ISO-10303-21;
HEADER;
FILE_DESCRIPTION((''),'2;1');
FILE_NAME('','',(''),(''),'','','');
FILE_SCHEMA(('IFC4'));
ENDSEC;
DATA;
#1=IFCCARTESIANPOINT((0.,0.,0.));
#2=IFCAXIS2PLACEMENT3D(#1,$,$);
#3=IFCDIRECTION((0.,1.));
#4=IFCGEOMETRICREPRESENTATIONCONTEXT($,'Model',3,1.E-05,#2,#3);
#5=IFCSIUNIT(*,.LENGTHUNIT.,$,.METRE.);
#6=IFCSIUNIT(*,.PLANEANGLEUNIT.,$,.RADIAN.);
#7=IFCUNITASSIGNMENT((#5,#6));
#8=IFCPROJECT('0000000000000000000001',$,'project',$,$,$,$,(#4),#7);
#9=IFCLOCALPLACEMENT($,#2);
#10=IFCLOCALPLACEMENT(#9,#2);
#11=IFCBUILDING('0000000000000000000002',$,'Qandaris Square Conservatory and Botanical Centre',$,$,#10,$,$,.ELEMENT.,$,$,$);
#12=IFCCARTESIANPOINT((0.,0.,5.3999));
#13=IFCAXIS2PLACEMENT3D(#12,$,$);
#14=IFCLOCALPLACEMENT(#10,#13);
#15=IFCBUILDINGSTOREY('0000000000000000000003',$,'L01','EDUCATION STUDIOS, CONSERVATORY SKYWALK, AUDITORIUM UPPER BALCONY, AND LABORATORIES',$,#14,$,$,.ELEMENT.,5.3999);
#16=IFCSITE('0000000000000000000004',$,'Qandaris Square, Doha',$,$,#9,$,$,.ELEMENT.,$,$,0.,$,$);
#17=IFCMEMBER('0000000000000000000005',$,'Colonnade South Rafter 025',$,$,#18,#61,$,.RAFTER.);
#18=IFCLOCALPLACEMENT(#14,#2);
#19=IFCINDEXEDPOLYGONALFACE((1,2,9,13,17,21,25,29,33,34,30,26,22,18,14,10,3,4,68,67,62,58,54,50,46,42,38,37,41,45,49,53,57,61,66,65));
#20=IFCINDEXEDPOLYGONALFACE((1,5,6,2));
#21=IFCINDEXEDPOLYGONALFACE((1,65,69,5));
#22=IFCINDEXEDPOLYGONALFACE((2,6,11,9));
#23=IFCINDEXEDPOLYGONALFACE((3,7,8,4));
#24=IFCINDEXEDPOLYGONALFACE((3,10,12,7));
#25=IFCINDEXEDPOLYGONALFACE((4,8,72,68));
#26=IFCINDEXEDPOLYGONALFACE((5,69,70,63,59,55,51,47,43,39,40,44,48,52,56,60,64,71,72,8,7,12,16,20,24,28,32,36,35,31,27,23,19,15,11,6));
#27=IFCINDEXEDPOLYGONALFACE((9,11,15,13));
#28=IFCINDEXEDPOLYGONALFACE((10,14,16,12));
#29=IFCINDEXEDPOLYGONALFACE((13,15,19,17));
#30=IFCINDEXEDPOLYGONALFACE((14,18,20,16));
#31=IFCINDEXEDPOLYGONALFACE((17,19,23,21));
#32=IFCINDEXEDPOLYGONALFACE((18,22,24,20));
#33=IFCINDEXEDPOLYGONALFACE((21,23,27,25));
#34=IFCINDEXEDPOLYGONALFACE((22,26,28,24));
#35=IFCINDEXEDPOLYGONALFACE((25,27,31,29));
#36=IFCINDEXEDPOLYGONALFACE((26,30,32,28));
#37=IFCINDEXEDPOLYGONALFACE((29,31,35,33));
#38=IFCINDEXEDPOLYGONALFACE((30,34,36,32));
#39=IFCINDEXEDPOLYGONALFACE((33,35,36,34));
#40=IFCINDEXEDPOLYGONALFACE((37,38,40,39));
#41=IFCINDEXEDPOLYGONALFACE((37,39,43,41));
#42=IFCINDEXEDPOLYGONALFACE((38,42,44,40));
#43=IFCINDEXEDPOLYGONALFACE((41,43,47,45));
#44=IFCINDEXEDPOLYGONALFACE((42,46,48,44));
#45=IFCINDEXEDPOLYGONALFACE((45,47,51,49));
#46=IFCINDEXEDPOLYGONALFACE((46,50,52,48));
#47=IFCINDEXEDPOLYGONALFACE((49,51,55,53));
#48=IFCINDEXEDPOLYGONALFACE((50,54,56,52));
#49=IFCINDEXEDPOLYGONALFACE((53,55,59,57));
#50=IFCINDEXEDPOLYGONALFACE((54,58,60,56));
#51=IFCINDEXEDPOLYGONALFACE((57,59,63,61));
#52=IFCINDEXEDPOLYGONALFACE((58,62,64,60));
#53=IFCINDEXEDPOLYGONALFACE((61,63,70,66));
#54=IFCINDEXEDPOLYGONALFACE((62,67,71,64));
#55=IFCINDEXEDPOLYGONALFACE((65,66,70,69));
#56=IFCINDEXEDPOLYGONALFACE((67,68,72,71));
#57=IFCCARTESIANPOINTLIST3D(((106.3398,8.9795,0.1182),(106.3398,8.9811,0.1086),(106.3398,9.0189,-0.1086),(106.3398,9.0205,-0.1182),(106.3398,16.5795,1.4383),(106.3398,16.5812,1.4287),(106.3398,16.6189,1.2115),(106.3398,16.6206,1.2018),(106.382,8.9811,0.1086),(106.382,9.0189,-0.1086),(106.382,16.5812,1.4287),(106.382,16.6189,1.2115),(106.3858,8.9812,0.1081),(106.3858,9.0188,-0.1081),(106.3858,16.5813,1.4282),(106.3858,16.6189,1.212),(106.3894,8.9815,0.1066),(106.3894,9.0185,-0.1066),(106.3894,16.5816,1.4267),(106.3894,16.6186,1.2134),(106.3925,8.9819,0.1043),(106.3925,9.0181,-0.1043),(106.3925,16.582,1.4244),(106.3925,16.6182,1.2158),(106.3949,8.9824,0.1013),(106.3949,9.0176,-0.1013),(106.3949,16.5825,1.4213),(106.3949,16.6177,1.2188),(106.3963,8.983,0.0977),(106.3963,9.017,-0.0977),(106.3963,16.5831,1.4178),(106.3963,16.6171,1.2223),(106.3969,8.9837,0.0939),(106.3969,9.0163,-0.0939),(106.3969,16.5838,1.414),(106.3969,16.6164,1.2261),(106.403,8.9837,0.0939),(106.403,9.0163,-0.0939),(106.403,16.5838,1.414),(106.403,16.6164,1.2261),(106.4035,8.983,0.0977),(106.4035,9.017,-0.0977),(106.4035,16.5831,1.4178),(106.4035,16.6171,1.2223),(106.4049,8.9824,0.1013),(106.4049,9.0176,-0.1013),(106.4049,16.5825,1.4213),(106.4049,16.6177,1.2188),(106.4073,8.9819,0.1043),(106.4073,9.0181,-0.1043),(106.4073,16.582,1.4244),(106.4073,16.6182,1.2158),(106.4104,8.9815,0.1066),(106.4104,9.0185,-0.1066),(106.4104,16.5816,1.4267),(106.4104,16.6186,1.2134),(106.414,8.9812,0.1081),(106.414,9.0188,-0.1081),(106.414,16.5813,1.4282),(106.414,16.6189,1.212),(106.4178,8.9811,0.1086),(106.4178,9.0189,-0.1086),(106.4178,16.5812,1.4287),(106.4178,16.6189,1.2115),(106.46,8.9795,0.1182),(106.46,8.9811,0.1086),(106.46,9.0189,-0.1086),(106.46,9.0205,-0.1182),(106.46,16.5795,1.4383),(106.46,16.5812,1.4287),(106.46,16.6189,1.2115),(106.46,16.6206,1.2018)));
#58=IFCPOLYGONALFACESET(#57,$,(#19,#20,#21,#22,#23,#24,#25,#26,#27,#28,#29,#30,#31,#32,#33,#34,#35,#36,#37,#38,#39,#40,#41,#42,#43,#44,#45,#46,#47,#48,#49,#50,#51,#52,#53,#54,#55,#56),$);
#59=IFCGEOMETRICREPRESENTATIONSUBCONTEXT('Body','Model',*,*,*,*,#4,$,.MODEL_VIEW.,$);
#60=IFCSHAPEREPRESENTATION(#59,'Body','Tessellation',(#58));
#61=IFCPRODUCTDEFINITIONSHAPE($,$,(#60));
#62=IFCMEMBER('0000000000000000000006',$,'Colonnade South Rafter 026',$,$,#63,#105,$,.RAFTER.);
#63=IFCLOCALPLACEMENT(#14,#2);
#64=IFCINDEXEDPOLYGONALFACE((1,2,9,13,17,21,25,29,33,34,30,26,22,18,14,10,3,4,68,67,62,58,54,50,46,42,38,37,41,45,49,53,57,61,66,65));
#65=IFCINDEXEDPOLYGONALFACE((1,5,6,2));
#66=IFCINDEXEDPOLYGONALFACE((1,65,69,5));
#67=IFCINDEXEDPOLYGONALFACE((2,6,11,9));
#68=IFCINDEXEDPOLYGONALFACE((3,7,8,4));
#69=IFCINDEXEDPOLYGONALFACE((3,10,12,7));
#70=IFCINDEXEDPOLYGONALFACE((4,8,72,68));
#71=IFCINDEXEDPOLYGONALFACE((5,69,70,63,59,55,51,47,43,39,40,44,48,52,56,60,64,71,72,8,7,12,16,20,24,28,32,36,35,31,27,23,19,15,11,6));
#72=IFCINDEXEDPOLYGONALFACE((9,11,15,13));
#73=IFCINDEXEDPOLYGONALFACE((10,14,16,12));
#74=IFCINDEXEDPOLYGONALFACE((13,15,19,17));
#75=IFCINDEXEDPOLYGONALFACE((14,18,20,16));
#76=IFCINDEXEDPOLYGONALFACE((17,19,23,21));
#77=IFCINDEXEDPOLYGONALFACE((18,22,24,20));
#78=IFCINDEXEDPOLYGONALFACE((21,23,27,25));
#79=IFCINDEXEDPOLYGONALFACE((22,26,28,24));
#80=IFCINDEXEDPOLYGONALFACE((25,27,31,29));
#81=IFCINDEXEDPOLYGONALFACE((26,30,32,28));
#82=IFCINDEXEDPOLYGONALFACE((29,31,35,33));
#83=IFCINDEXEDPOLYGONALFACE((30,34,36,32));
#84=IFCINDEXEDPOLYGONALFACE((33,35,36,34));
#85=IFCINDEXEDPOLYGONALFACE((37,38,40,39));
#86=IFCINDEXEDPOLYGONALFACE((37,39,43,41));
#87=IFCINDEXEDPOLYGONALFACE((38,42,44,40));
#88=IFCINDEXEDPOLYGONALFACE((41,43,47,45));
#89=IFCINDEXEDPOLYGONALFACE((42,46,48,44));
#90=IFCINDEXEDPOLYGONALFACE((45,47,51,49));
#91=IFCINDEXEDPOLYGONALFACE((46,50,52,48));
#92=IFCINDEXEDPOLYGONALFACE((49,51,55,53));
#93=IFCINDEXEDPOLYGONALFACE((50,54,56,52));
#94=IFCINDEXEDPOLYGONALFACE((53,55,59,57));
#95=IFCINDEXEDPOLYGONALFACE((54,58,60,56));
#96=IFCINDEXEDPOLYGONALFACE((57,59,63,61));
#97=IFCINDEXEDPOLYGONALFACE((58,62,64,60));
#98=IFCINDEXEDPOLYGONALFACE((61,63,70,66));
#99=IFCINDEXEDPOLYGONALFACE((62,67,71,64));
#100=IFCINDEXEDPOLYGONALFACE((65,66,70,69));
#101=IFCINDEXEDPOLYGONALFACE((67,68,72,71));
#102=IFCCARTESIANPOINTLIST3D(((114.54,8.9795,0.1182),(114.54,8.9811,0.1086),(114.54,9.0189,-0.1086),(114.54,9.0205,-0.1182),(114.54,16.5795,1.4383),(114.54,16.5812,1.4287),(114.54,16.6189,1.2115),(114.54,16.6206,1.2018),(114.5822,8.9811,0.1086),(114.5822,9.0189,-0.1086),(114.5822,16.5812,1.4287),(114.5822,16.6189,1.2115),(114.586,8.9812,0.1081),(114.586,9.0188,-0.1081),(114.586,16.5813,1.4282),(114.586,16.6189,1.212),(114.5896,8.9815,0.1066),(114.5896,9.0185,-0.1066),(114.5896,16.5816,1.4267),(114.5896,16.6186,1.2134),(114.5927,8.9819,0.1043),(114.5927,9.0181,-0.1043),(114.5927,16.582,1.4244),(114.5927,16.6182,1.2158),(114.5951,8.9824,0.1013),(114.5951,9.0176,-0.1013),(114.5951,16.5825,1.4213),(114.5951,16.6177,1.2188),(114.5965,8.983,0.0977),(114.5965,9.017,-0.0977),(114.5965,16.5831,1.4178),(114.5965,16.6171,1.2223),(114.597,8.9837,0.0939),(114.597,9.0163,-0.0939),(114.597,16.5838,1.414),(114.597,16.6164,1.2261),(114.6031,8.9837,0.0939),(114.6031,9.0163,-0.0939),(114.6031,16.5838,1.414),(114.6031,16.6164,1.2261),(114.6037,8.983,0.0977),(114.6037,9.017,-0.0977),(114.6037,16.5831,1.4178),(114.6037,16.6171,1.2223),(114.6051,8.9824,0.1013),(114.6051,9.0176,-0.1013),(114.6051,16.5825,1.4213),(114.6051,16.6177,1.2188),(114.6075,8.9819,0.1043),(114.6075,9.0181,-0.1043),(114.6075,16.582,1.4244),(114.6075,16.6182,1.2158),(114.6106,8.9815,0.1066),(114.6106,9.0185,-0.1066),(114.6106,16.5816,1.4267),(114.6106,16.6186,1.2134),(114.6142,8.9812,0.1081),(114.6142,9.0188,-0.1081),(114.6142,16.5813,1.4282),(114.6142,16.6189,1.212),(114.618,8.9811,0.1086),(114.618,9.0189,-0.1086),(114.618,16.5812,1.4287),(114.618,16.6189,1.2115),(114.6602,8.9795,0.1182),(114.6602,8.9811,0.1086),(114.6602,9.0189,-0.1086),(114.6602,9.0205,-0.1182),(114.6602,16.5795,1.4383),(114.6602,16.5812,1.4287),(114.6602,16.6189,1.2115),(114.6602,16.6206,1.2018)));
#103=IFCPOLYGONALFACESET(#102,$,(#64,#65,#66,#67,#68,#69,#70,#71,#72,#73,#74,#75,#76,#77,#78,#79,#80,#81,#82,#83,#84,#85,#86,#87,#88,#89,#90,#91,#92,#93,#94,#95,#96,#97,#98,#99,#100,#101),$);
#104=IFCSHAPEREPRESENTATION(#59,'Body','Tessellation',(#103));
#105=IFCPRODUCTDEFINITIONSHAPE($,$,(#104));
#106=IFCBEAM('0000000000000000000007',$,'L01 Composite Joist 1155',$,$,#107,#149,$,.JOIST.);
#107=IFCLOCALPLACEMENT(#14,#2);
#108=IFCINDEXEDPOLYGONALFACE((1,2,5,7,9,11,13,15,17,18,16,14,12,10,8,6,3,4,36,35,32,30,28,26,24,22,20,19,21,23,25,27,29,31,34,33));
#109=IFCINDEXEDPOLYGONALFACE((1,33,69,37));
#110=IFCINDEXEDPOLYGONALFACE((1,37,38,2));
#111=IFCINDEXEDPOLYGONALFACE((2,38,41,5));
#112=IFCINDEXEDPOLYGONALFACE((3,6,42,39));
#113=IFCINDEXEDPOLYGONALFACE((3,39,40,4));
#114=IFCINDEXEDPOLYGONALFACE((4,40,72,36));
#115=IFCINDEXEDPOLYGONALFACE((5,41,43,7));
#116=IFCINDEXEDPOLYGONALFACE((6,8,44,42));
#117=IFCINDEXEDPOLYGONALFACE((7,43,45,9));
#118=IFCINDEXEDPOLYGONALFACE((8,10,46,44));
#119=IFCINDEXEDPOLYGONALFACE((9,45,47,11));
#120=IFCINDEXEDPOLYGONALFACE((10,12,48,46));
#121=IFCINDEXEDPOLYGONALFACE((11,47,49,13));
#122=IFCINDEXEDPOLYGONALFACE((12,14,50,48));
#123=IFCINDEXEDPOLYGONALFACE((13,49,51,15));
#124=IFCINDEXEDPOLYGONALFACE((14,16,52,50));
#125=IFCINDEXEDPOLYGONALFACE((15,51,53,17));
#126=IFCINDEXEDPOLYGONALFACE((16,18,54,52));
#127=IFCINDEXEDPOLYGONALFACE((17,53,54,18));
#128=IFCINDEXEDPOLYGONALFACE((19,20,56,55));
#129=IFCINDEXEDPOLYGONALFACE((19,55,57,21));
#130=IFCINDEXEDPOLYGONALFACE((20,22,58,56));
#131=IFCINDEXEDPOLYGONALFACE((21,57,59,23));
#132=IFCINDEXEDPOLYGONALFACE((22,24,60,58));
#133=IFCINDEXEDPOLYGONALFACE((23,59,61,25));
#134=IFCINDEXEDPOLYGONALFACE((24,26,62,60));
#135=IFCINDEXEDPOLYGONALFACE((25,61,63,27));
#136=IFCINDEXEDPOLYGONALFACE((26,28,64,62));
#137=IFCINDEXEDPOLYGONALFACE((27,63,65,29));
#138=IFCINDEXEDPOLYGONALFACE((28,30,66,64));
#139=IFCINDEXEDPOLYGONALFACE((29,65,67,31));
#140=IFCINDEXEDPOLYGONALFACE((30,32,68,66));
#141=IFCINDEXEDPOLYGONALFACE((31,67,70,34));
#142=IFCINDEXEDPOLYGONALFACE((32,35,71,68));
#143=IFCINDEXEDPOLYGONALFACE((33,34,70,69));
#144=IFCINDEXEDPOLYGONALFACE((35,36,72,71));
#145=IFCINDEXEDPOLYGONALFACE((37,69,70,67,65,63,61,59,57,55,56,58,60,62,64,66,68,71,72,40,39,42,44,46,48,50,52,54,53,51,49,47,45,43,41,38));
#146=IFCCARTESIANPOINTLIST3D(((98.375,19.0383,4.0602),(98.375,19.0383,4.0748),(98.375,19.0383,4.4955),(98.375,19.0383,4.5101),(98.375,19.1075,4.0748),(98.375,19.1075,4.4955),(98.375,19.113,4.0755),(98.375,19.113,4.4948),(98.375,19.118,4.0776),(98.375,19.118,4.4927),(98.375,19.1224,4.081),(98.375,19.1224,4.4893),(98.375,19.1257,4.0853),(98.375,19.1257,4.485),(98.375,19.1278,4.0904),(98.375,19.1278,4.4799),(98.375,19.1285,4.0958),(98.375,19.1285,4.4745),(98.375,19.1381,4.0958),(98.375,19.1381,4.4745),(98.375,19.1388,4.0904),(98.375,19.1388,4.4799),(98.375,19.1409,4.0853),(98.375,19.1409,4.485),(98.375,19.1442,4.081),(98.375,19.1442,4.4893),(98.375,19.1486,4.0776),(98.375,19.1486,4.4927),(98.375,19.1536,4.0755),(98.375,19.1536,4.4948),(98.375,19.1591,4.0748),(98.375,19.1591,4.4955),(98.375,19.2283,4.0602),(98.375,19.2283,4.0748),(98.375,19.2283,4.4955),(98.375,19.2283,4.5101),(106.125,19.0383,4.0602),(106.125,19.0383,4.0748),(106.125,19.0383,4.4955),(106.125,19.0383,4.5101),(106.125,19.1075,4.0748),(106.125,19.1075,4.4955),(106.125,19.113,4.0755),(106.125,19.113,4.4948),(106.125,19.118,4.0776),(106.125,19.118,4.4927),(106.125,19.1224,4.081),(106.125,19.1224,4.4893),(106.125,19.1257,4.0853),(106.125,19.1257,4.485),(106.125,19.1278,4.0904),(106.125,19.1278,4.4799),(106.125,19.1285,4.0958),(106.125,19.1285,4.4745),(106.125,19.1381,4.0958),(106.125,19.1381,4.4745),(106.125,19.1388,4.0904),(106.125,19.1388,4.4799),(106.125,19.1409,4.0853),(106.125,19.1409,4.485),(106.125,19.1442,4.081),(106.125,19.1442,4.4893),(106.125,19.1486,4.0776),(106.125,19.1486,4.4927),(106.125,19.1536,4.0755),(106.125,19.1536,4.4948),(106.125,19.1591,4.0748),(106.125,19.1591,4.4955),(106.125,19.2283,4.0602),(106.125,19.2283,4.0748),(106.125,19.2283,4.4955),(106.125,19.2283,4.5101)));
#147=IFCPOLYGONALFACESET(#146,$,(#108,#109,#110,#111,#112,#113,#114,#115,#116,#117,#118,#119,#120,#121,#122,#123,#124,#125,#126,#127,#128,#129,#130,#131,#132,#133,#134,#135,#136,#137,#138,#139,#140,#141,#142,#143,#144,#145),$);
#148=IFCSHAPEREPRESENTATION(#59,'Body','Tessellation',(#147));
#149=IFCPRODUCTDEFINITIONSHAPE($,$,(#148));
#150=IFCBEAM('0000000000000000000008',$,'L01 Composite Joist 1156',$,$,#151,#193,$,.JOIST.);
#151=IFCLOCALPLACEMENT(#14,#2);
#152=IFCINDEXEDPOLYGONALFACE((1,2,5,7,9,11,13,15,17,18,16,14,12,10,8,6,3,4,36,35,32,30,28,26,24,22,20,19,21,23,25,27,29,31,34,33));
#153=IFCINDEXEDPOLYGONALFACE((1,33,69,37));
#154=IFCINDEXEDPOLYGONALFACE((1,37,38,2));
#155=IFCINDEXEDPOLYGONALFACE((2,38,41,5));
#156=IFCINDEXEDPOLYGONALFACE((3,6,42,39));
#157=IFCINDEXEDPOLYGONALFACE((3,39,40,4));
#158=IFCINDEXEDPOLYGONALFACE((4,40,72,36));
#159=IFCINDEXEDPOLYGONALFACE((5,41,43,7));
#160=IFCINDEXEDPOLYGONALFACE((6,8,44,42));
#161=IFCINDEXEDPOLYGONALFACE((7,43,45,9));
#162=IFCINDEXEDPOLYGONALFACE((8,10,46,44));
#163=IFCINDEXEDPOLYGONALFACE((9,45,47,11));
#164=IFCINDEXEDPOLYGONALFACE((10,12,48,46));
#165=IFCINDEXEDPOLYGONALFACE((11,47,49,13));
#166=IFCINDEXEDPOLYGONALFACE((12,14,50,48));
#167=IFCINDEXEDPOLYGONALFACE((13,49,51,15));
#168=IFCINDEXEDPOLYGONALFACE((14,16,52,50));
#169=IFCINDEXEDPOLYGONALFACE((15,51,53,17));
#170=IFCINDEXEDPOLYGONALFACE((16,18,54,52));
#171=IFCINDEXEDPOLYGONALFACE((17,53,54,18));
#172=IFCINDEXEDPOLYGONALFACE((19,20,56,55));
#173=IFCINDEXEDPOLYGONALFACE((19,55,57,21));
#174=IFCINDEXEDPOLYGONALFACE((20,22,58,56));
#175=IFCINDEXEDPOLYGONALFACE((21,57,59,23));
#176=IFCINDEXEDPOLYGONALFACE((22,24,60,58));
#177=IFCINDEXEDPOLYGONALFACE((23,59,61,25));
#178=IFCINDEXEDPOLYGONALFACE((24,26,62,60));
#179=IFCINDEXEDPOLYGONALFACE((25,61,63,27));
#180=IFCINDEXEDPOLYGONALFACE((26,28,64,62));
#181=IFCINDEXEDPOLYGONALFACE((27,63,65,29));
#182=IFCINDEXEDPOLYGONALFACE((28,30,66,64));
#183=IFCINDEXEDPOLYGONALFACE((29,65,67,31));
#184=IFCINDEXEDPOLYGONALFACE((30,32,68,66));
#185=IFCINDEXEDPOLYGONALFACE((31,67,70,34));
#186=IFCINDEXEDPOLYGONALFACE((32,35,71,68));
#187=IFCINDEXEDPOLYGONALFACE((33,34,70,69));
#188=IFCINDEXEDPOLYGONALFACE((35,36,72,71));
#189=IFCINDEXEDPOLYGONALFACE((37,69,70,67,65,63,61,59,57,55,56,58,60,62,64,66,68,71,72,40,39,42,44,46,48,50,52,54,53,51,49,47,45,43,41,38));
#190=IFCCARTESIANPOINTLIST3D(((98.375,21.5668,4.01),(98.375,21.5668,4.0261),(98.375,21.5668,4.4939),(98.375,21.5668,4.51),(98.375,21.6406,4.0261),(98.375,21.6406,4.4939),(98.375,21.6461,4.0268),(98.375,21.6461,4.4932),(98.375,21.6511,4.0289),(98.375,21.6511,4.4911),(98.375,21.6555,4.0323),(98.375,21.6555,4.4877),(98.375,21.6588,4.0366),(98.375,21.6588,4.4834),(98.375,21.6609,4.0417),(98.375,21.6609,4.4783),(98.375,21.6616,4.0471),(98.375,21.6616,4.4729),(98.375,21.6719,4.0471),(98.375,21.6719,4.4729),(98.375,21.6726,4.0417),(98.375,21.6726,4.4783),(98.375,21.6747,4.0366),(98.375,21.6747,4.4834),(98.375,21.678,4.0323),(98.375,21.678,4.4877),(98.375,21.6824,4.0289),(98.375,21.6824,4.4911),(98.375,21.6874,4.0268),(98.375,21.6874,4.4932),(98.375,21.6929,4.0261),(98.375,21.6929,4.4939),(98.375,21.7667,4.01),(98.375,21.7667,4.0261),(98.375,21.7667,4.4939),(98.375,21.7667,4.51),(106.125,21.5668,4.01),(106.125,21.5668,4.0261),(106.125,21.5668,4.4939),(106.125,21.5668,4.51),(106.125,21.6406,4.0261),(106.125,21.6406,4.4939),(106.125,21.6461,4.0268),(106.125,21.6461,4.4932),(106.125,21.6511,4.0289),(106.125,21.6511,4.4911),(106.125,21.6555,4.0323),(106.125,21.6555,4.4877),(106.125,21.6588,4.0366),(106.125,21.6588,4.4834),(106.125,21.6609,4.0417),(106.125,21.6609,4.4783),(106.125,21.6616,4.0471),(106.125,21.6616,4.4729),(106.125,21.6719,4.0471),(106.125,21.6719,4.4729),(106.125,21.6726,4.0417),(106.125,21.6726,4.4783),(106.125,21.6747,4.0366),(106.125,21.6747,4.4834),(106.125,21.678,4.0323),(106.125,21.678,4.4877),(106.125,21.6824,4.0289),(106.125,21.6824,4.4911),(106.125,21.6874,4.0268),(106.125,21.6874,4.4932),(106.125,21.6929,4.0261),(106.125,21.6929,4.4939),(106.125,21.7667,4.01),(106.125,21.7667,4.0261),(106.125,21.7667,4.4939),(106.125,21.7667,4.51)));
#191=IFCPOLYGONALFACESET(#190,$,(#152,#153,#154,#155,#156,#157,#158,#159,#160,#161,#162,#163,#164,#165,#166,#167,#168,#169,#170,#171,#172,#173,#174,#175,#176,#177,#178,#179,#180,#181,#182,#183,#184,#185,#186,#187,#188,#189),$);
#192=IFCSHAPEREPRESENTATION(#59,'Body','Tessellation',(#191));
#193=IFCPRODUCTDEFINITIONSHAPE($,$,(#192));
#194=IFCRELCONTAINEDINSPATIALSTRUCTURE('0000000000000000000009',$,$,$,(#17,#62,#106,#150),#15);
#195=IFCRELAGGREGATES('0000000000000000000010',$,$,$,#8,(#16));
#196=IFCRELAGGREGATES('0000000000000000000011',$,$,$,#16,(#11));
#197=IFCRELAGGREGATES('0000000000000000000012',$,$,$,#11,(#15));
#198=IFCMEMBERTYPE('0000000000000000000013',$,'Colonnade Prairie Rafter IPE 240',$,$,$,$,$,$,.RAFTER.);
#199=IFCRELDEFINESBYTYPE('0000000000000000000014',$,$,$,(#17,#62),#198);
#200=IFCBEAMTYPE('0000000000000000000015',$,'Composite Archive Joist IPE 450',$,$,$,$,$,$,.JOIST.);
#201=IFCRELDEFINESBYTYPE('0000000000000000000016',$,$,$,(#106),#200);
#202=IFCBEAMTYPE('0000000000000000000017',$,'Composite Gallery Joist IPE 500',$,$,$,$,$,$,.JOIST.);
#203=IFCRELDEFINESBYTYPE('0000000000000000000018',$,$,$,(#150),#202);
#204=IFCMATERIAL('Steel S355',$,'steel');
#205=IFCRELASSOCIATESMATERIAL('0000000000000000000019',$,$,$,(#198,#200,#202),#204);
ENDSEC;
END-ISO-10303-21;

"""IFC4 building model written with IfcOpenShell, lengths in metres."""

from ifc_helpers import new_model, si_unit, direction, frame, origin, origin_2d, place, context, subcontext, project, spatial, i_section, extrude, material, material_profile, profile_set, type_object, element, save


model = new_model("IFC4")

# Units and contexts
model_context = context("Model", 3, precision=1e-05, world=origin(), true_north=direction((0.0, 1.0)))
body_context = subcontext(model_context, "Body", "Model", "MODEL_VIEW")
ifc_project = project(units=[si_unit("LENGTHUNIT", "METRE"), si_unit("PLANEANGLEUNIT", "RADIAN")], contexts=[model_context])

# Site, building, storey
site_placement = place(None, origin())
site = spatial("IfcSite", under=ifc_project, at=site_placement, Name="Qandaris Square, Doha", CompositionType="ELEMENT", RefElevation=0.0)
building_placement = place(site_placement, origin())
building = spatial("IfcBuilding", under=site, at=building_placement, Name="Qandaris Square Conservatory and Botanical Centre", CompositionType="ELEMENT")
storey_placement = place(building_placement, frame((0.0, 0.0, 5.3999)))
storey = spatial("IfcBuildingStorey", under=building, at=storey_placement, Name="L01", Description="EDUCATION STUDIOS, CONSERVATORY SKYWALK, AUDITORIUM UPPER BALCONY, AND LABORATORIES", CompositionType="ELEMENT", Elevation=5.3999)

# Members
ifc_material_1 = material(Name="Steel S355", Category="steel")
ifc_material_profile_1 = material_profile(ifc_material_1, i_section(OverallWidth=0.1201, OverallDepth=0.24, WebThickness=0.0061, FlangeThickness=0.0098, FilletRadius=0.0149, at=origin_2d()), Name="IPE 240")
ifc_profile_set_1 = profile_set([ifc_material_profile_1], Name="Steel S355")
member_type = type_object("IfcMemberType", Name="Colonnade Prairie Rafter IPE 240", PredefinedType="RAFTER", material=ifc_profile_set_1)
for number, where, z_axis, x_axis, name in (
    (1, (106.3999, 9.0, 0.0), (0.0, 0.985249, 0.171129), (-1.0, 0.0, 0.0), "Colonnade South Rafter 025"),
    (2, (114.6001, 9.0, 0.0), (0.0, 0.985249, 0.171129), (-1.0, 0.0, 0.0), "Colonnade South Rafter 026"),
):
    element("IfcMember", number, at=place(storey_placement, frame(where, z_axis=z_axis, x_axis=x_axis)), inside=storey, type_object=member_type, Name=name, PredefinedType="RAFTER", context=body_context, shape_type="SweptSolid", body=[
        extrude(i_section(OverallWidth=0.1201, OverallDepth=0.24, WebThickness=0.0061, FlangeThickness=0.0098, FilletRadius=0.0149, at=origin_2d()), origin(), (0.0, 0.0, 1.0), 7.7139),
    ])

# Beams
ifc_material_profile_2 = material_profile(ifc_material_1, i_section(OverallWidth=0.1899, OverallDepth=0.45, WebThickness=0.0095, FlangeThickness=0.0146, FilletRadius=0.021, at=origin_2d()), Name="IPE 450")
ifc_profile_set_2 = profile_set([ifc_material_profile_2], Name="Steel S355")
beam_type_1 = type_object("IfcBeamType", Name="Composite Archive Joist IPE 450", PredefinedType="JOIST", material=ifc_profile_set_2)
beam_1_placement = place(storey_placement, frame((98.375, 19.1333, 4.2852), z_axis=(1.0, 0.0, 0.0), x_axis=(0.0, 1.0, 0.0)))
element("IfcBeam", 3, at=beam_1_placement, inside=storey, type_object=beam_type_1, Name="L01 Composite Joist 1155", PredefinedType="JOIST", context=body_context, shape_type="SweptSolid", body=[
    extrude(i_section(OverallWidth=0.1899, OverallDepth=0.45, WebThickness=0.0095, FlangeThickness=0.0146, FilletRadius=0.021, at=origin_2d()), origin(), (0.0, 0.0, 1.0), 7.75),
])
ifc_material_profile_3 = material_profile(ifc_material_1, i_section(OverallWidth=0.2, OverallDepth=0.5, WebThickness=0.0103, FlangeThickness=0.0161, FilletRadius=0.021, at=origin_2d()), Name="IPE 500")
ifc_profile_set_3 = profile_set([ifc_material_profile_3], Name="Steel S355")
beam_type_2 = type_object("IfcBeamType", Name="Composite Gallery Joist IPE 500", PredefinedType="JOIST", material=ifc_profile_set_3)
beam_2_placement = place(storey_placement, frame((98.375, 21.6667, 4.26), z_axis=(1.0, 0.0, 0.0), x_axis=(0.0, 1.0, 0.0)))
element("IfcBeam", 4, at=beam_2_placement, inside=storey, type_object=beam_type_2, Name="L01 Composite Joist 1156", PredefinedType="JOIST", context=body_context, shape_type="SweptSolid", body=[
    extrude(i_section(OverallWidth=0.2, OverallDepth=0.5, WebThickness=0.0103, FlangeThickness=0.0161, FilletRadius=0.021, at=origin_2d()), origin(), (0.0, 0.0, 1.0), 7.75),
])

save(model, "model.ifc")
